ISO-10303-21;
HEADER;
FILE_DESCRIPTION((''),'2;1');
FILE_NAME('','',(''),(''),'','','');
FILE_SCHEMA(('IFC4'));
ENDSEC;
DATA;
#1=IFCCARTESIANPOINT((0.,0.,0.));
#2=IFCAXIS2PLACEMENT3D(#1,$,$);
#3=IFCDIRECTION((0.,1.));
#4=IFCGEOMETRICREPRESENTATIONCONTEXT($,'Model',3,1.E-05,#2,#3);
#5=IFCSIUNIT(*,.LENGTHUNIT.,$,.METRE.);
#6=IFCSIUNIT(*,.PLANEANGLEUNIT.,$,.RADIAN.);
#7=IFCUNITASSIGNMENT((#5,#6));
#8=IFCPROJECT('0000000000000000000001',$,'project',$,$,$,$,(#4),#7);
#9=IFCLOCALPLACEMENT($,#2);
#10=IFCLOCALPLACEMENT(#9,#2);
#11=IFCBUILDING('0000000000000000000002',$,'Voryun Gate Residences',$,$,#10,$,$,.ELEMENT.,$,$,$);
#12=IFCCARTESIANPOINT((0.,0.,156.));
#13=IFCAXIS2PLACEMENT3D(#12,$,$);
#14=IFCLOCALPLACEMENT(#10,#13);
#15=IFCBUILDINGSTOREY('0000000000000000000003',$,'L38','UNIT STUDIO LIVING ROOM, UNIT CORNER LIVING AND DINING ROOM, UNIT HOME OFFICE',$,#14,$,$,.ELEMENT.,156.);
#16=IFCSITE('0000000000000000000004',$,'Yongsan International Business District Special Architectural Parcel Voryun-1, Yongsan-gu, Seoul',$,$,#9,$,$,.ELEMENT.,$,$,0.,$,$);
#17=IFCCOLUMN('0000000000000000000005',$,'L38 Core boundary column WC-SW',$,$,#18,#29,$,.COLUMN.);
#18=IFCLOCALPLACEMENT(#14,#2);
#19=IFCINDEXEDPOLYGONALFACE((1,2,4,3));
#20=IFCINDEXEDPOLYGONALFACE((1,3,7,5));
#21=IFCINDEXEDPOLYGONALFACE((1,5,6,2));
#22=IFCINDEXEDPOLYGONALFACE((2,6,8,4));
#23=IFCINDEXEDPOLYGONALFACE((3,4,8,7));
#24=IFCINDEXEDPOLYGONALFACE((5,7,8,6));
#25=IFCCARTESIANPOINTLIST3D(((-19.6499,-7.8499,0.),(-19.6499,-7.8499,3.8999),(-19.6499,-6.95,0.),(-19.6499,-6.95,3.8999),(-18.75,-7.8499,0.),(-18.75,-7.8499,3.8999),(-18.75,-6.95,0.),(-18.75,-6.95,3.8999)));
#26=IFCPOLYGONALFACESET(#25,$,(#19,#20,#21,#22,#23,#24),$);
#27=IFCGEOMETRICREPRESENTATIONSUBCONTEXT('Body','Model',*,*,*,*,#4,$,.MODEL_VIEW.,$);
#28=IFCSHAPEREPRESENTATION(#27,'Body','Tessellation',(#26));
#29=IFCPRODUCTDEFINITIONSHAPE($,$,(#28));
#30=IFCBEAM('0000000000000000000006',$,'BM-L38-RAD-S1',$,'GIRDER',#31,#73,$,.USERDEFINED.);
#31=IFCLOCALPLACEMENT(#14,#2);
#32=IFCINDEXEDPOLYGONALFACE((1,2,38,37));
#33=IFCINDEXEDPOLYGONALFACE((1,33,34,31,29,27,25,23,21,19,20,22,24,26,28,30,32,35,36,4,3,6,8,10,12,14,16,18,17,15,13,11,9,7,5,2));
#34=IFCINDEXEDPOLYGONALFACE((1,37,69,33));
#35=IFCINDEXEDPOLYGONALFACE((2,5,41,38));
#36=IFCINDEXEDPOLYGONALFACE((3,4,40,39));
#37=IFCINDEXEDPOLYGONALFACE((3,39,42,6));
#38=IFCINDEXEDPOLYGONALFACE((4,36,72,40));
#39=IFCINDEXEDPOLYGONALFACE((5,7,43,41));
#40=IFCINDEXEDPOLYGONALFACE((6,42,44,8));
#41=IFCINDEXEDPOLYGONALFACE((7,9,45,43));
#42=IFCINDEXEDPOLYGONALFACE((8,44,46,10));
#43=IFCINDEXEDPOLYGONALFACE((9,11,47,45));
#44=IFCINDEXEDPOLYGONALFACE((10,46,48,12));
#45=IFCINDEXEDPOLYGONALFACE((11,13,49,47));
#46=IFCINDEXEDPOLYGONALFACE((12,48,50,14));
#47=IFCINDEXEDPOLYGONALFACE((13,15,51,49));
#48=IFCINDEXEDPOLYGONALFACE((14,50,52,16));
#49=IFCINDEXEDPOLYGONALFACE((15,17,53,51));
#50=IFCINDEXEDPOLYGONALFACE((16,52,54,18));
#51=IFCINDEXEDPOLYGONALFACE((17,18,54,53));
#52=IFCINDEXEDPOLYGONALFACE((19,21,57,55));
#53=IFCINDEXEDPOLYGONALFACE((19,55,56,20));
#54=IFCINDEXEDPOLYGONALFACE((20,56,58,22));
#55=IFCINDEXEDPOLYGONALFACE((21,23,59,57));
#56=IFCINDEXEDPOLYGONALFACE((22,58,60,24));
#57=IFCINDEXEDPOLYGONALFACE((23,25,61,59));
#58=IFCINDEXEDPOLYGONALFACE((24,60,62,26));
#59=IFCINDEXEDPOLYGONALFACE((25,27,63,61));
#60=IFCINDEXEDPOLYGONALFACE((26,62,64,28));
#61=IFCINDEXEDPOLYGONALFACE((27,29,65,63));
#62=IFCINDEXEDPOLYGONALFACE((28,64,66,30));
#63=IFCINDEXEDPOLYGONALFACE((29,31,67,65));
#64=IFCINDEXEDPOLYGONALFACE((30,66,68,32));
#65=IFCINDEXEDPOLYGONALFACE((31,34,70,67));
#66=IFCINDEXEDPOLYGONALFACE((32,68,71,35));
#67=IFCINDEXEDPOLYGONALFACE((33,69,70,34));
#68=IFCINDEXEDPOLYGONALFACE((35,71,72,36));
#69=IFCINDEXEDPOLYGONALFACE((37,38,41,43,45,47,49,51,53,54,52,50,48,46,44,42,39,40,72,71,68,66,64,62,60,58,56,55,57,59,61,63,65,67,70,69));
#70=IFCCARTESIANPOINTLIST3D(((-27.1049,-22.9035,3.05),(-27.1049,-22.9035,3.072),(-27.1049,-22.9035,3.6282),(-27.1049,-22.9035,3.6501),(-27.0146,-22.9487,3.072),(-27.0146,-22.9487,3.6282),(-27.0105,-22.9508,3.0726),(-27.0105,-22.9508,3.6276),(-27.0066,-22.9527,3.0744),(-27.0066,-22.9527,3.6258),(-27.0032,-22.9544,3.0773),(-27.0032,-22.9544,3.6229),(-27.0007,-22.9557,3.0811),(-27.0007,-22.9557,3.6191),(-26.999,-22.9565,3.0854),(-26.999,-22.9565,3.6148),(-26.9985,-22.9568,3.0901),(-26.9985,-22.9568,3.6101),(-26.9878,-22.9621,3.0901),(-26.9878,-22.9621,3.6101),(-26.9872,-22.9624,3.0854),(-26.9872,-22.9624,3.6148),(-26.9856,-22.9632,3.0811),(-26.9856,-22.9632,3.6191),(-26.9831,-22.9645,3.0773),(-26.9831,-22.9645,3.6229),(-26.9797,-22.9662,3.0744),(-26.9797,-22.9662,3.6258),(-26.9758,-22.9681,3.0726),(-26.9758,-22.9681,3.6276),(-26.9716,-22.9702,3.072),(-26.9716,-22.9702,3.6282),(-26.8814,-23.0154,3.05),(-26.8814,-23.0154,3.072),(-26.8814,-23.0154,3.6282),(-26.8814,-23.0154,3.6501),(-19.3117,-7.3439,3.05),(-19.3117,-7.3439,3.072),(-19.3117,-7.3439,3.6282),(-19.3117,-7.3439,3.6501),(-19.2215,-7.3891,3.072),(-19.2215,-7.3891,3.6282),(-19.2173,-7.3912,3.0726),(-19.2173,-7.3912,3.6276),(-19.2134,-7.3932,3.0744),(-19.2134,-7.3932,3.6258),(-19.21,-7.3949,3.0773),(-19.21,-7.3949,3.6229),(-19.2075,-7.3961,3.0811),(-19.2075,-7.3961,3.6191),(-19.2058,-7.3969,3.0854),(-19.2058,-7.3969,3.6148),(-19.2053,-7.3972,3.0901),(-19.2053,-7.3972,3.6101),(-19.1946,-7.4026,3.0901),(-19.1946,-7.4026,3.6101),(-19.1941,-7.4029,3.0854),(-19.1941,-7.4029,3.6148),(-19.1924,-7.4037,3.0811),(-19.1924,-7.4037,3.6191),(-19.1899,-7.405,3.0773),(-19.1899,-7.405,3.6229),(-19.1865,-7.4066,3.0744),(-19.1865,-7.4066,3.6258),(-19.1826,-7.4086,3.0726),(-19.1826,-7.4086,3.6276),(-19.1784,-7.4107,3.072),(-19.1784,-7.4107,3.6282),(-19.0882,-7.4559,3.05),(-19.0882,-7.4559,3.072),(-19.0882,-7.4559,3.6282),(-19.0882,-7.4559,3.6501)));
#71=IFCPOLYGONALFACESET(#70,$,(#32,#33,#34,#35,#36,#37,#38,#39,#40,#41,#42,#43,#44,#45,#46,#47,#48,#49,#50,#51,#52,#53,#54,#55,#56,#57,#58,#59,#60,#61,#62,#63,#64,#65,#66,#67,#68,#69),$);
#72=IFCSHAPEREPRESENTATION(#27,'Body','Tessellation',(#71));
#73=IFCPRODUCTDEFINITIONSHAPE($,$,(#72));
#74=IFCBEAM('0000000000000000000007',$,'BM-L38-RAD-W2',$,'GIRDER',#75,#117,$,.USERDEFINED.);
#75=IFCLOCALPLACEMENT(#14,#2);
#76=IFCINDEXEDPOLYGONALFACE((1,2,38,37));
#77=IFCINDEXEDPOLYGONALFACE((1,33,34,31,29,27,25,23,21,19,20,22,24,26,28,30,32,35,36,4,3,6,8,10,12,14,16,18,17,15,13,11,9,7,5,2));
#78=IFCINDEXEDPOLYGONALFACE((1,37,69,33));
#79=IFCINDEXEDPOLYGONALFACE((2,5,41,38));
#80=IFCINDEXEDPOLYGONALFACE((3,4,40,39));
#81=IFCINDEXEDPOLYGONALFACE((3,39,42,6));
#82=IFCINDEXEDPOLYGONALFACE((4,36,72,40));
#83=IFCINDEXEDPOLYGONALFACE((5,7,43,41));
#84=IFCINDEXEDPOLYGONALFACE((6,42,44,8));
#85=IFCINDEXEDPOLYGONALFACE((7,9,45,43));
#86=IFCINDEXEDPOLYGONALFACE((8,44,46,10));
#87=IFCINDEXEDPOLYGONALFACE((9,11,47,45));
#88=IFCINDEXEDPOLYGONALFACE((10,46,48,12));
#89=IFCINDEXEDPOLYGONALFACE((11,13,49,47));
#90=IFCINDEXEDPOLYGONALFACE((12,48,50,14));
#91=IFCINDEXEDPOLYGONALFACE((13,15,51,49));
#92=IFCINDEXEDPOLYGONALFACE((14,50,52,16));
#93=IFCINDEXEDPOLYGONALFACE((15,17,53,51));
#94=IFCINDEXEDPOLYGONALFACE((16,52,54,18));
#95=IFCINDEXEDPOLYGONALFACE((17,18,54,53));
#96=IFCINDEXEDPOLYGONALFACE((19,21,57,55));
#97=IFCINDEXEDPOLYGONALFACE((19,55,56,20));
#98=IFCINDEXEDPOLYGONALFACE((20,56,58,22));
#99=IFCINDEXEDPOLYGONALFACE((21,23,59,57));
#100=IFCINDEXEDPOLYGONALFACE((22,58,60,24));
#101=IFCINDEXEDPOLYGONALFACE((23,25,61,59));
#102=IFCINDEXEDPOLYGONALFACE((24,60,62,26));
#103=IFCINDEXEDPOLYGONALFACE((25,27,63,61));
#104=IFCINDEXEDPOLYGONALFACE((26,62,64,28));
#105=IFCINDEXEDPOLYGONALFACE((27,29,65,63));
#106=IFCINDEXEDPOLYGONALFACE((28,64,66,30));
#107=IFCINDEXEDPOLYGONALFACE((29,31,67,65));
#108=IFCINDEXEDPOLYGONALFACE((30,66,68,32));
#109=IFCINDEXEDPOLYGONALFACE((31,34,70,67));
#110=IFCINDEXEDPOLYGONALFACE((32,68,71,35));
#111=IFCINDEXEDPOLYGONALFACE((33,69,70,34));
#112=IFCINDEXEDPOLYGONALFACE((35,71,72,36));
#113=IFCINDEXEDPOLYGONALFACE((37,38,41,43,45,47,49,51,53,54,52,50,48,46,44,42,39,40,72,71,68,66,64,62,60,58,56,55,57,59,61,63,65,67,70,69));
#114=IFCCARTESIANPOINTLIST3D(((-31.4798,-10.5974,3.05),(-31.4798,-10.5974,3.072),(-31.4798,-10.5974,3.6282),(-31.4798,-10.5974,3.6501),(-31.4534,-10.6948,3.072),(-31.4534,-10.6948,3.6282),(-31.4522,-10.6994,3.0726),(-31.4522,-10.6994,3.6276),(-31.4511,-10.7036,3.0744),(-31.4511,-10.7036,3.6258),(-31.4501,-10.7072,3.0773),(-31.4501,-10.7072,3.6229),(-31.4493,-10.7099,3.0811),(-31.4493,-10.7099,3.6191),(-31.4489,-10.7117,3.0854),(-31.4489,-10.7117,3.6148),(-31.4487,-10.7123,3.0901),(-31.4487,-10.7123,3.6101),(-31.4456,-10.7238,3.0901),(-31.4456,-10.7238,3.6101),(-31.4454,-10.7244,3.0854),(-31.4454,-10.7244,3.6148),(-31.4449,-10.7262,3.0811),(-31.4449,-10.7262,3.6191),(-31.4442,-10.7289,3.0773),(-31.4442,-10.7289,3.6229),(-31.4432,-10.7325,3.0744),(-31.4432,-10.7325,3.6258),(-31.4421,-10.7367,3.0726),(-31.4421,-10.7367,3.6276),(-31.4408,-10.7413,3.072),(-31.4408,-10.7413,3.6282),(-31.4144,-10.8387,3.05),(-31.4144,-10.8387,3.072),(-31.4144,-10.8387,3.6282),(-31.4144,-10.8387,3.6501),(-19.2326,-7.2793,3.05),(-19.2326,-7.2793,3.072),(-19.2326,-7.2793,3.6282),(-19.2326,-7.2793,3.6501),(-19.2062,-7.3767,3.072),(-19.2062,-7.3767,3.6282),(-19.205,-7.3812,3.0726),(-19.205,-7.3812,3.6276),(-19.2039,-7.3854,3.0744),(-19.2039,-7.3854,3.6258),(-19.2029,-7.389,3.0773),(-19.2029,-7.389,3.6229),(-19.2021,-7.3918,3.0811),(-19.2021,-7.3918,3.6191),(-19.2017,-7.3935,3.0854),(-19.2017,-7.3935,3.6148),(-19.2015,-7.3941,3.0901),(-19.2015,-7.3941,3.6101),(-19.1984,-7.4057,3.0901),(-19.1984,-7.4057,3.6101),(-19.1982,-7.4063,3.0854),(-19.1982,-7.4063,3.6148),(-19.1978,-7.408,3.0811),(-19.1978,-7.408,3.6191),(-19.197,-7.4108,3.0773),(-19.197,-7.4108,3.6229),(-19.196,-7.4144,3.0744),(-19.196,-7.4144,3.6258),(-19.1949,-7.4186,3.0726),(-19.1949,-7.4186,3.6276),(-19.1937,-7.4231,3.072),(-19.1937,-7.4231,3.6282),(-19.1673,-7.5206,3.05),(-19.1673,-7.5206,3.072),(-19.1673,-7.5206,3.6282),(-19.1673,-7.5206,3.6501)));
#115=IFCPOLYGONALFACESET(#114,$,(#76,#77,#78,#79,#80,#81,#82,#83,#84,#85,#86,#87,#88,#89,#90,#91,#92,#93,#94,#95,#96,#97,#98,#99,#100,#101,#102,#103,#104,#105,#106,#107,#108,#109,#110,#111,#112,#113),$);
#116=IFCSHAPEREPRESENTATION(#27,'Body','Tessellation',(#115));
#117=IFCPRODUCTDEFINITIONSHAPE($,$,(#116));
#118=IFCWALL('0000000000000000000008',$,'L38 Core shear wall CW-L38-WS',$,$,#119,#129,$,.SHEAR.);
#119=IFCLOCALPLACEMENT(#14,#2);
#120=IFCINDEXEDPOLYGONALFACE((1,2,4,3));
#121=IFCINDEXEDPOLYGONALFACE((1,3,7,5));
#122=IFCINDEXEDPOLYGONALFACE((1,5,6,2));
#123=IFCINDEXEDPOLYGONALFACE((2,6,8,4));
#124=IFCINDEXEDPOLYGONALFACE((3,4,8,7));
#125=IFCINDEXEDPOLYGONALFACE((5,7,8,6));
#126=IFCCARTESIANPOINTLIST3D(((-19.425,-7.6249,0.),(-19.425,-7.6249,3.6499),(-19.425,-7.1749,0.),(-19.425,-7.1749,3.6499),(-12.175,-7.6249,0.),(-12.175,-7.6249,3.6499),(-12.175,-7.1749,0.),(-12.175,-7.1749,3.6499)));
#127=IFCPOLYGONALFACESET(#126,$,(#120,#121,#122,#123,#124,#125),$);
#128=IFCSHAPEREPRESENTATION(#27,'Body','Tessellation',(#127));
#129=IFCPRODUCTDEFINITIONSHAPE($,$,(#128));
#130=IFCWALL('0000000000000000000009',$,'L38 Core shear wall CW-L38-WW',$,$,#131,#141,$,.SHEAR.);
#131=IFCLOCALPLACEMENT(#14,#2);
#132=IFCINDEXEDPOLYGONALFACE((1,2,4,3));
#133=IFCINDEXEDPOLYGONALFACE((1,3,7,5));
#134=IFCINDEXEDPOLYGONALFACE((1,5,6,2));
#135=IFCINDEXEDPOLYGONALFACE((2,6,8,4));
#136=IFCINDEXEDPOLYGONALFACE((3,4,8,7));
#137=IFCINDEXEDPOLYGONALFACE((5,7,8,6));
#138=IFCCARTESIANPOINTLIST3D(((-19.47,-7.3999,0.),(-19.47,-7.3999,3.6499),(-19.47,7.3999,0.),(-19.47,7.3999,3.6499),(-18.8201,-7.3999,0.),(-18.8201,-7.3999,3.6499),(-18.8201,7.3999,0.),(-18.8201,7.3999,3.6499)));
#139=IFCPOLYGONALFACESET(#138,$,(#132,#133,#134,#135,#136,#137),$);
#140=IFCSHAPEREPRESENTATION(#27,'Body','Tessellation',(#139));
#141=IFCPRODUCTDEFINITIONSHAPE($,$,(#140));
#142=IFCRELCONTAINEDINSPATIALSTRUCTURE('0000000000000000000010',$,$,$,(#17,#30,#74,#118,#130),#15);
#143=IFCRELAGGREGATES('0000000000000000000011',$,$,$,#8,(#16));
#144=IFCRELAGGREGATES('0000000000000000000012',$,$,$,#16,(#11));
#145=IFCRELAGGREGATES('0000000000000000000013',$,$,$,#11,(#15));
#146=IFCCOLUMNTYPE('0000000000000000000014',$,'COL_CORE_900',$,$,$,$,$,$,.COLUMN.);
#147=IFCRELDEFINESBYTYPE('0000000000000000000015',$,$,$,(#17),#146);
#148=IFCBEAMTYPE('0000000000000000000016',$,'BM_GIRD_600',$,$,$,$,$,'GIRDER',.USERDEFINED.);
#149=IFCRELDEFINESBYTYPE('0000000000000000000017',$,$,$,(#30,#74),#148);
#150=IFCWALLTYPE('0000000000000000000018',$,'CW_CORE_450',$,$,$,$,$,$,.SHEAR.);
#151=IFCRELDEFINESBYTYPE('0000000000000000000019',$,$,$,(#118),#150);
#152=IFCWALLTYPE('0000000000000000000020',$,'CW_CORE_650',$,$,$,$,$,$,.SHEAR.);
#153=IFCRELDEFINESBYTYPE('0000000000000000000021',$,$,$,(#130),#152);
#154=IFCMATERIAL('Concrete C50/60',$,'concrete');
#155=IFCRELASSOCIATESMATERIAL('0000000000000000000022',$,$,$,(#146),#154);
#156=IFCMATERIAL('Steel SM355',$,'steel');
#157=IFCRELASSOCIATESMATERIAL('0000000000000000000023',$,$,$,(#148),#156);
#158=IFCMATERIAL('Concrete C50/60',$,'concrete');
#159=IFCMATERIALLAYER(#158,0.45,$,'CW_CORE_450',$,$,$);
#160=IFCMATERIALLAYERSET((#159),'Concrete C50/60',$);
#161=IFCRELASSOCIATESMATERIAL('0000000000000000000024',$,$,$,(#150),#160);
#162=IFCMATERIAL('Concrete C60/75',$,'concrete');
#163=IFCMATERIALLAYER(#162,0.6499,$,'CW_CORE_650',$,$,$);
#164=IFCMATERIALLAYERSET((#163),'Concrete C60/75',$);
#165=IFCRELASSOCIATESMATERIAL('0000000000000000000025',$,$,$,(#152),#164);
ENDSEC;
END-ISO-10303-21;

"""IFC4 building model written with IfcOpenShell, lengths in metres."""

from ifc_helpers import new_model, si_unit, direction, frame, frame_2d, origin, origin_2d, place, context, subcontext, project, spatial, rectangle, i_section, extrude, material, layer, layer_set, material_profile, profile_set, type_object, element, save


model = new_model("IFC4")

# Units and contexts
model_context = context("Model", 3, precision=1e-05, world=origin(), true_north=direction((0.0, 1.0)))
body_context = subcontext(model_context, "Body", "Model", "MODEL_VIEW")
ifc_project = project(units=[si_unit("LENGTHUNIT", "METRE"), si_unit("PLANEANGLEUNIT", "RADIAN")], contexts=[model_context])

# Site, building, storey
site_placement = place(None, origin())
site = spatial("IfcSite", under=ifc_project, at=site_placement, Name="Yongsan International Business District Special Architectural Parcel Voryun-1, Yongsan-gu, Seoul", CompositionType="ELEMENT", RefElevation=0.0)
building_placement = place(site_placement, origin())
building = spatial("IfcBuilding", under=site, at=building_placement, Name="Voryun Gate Residences", CompositionType="ELEMENT")
storey_placement = place(building_placement, frame((0.0, 0.0, 156.0)))
storey = spatial("IfcBuildingStorey", under=building, at=storey_placement, Name="L38", Description="UNIT STUDIO LIVING ROOM, UNIT CORNER LIVING AND DINING ROOM, UNIT HOME OFFICE", CompositionType="ELEMENT", Elevation=156.0)

# Column
ifc_material_1 = material(Name="Concrete C50/60", Category="concrete")
ifc_material_profile_1 = material_profile(ifc_material_1, rectangle(XDim=0.8999, YDim=0.8999, at=origin_2d()), Name="RC-900x900")
ifc_profile_set_1 = profile_set([ifc_material_profile_1], Name="Concrete C50/60")
column_type = type_object("IfcColumnType", Name="COL_CORE_900", PredefinedType="COLUMN", material=ifc_profile_set_1)
column_placement = place(storey_placement, frame((-19.2, -7.3999, 0.0), z_axis=(0.0, 0.0, 1.0), x_axis=(1.0, 0.0, 0.0)))
element("IfcColumn", 1, at=column_placement, inside=storey, type_object=column_type, Name="L38 Core boundary column WC-SW", PredefinedType="COLUMN", context=body_context, shape_type="SweptSolid", body=[
    extrude(rectangle(XDim=0.8999, YDim=0.8999, at=origin_2d()), origin(), (0.0, 0.0, 1.0), 3.8999),
])

# Beams
ifc_material_2 = material(Name="Steel SM355", Category="steel")
ifc_material_profile_2 = material_profile(ifc_material_2, i_section(OverallWidth=0.25, OverallDepth=0.6001, WebThickness=0.012, FlangeThickness=0.022, FilletRadius=0.0181, at=origin_2d()), Name="H-600x250x12x22")
ifc_profile_set_2 = profile_set([ifc_material_profile_2], Name="Steel SM355")
beam_type = type_object("IfcBeamType", Name="BM_GIRD_600", ElementType="GIRDER", PredefinedType="USERDEFINED", material=ifc_profile_set_2)
beam_1_placement = place(storey_placement, frame((-19.2, -7.3999, 3.3501), z_axis=(-0.447831, -0.894118, 0.0), x_axis=(0.894118, -0.447831, 0.0)))
element("IfcBeam", 2, at=beam_1_placement, inside=storey, type_object=beam_type, Name="BM-L38-RAD-S1", ObjectType="GIRDER", PredefinedType="USERDEFINED", context=body_context, shape_type="SweptSolid", body=[
    extrude(i_section(OverallWidth=0.25, OverallDepth=0.6001, WebThickness=0.012, FlangeThickness=0.022, FilletRadius=0.0181, at=origin_2d()), origin(), (0.0, 0.0, 1.0), 17.4021),
])
beam_2_placement = place(storey_placement, frame((-19.2, -7.3999, 3.3501), z_axis=(-0.965202, -0.261504, 0.0), x_axis=(0.261504, -0.965202, 0.0)))
element("IfcBeam", 3, at=beam_2_placement, inside=storey, type_object=beam_type, Name="BM-L38-RAD-W2", ObjectType="GIRDER", PredefinedType="USERDEFINED", context=body_context, shape_type="SweptSolid", body=[
    extrude(i_section(OverallWidth=0.25, OverallDepth=0.6001, WebThickness=0.012, FlangeThickness=0.022, FilletRadius=0.0181, at=origin_2d()), origin(), (0.0, 0.0, 1.0), 12.6887),
])

# Walls
ifc_material_3 = material(Name="Concrete C50/60", Category="concrete")
ifc_layer_1 = layer(ifc_material_3, 0.45, Name="CW_CORE_450")
ifc_layer_set_1 = layer_set([ifc_layer_1], Name="Concrete C50/60")
wall_type_1 = type_object("IfcWallType", Name="CW_CORE_450", PredefinedType="SHEAR", material=ifc_layer_set_1)
wall_1_placement = place(storey_placement, frame((-19.425, -7.3999, 0.0), z_axis=(0.0, 0.0, 1.0), x_axis=(1.0, 0.0, 0.0)))
element("IfcWall", 4, at=wall_1_placement, inside=storey, type_object=wall_type_1, Name="L38 Core shear wall CW-L38-WS", PredefinedType="SHEAR", context=body_context, shape_type="SweptSolid", body=[
    extrude(rectangle(XDim=7.25, YDim=0.45, at=frame_2d((3.625, 0.0))), origin(), (0.0, 0.0, 1.0), 3.6499),
])
ifc_material_4 = material(Name="Concrete C60/75", Category="concrete")
ifc_layer_2 = layer(ifc_material_4, 0.6499, Name="CW_CORE_650")
ifc_layer_set_2 = layer_set([ifc_layer_2], Name="Concrete C60/75")
wall_type_2 = type_object("IfcWallType", Name="CW_CORE_650", PredefinedType="SHEAR", material=ifc_layer_set_2)
wall_2_placement = place(storey_placement, frame((-19.145, -7.3999, 0.0), z_axis=(0.0, 0.0, 1.0), x_axis=(0.0, 1.0, 0.0)))
element("IfcWall", 5, at=wall_2_placement, inside=storey, type_object=wall_type_2, Name="L38 Core shear wall CW-L38-WW", PredefinedType="SHEAR", context=body_context, shape_type="SweptSolid", body=[
    extrude(rectangle(XDim=14.7998, YDim=0.6499, at=frame_2d((7.3999, 0.0))), origin(), (0.0, 0.0, 1.0), 3.6499),
])

save(model, "model.ifc")
